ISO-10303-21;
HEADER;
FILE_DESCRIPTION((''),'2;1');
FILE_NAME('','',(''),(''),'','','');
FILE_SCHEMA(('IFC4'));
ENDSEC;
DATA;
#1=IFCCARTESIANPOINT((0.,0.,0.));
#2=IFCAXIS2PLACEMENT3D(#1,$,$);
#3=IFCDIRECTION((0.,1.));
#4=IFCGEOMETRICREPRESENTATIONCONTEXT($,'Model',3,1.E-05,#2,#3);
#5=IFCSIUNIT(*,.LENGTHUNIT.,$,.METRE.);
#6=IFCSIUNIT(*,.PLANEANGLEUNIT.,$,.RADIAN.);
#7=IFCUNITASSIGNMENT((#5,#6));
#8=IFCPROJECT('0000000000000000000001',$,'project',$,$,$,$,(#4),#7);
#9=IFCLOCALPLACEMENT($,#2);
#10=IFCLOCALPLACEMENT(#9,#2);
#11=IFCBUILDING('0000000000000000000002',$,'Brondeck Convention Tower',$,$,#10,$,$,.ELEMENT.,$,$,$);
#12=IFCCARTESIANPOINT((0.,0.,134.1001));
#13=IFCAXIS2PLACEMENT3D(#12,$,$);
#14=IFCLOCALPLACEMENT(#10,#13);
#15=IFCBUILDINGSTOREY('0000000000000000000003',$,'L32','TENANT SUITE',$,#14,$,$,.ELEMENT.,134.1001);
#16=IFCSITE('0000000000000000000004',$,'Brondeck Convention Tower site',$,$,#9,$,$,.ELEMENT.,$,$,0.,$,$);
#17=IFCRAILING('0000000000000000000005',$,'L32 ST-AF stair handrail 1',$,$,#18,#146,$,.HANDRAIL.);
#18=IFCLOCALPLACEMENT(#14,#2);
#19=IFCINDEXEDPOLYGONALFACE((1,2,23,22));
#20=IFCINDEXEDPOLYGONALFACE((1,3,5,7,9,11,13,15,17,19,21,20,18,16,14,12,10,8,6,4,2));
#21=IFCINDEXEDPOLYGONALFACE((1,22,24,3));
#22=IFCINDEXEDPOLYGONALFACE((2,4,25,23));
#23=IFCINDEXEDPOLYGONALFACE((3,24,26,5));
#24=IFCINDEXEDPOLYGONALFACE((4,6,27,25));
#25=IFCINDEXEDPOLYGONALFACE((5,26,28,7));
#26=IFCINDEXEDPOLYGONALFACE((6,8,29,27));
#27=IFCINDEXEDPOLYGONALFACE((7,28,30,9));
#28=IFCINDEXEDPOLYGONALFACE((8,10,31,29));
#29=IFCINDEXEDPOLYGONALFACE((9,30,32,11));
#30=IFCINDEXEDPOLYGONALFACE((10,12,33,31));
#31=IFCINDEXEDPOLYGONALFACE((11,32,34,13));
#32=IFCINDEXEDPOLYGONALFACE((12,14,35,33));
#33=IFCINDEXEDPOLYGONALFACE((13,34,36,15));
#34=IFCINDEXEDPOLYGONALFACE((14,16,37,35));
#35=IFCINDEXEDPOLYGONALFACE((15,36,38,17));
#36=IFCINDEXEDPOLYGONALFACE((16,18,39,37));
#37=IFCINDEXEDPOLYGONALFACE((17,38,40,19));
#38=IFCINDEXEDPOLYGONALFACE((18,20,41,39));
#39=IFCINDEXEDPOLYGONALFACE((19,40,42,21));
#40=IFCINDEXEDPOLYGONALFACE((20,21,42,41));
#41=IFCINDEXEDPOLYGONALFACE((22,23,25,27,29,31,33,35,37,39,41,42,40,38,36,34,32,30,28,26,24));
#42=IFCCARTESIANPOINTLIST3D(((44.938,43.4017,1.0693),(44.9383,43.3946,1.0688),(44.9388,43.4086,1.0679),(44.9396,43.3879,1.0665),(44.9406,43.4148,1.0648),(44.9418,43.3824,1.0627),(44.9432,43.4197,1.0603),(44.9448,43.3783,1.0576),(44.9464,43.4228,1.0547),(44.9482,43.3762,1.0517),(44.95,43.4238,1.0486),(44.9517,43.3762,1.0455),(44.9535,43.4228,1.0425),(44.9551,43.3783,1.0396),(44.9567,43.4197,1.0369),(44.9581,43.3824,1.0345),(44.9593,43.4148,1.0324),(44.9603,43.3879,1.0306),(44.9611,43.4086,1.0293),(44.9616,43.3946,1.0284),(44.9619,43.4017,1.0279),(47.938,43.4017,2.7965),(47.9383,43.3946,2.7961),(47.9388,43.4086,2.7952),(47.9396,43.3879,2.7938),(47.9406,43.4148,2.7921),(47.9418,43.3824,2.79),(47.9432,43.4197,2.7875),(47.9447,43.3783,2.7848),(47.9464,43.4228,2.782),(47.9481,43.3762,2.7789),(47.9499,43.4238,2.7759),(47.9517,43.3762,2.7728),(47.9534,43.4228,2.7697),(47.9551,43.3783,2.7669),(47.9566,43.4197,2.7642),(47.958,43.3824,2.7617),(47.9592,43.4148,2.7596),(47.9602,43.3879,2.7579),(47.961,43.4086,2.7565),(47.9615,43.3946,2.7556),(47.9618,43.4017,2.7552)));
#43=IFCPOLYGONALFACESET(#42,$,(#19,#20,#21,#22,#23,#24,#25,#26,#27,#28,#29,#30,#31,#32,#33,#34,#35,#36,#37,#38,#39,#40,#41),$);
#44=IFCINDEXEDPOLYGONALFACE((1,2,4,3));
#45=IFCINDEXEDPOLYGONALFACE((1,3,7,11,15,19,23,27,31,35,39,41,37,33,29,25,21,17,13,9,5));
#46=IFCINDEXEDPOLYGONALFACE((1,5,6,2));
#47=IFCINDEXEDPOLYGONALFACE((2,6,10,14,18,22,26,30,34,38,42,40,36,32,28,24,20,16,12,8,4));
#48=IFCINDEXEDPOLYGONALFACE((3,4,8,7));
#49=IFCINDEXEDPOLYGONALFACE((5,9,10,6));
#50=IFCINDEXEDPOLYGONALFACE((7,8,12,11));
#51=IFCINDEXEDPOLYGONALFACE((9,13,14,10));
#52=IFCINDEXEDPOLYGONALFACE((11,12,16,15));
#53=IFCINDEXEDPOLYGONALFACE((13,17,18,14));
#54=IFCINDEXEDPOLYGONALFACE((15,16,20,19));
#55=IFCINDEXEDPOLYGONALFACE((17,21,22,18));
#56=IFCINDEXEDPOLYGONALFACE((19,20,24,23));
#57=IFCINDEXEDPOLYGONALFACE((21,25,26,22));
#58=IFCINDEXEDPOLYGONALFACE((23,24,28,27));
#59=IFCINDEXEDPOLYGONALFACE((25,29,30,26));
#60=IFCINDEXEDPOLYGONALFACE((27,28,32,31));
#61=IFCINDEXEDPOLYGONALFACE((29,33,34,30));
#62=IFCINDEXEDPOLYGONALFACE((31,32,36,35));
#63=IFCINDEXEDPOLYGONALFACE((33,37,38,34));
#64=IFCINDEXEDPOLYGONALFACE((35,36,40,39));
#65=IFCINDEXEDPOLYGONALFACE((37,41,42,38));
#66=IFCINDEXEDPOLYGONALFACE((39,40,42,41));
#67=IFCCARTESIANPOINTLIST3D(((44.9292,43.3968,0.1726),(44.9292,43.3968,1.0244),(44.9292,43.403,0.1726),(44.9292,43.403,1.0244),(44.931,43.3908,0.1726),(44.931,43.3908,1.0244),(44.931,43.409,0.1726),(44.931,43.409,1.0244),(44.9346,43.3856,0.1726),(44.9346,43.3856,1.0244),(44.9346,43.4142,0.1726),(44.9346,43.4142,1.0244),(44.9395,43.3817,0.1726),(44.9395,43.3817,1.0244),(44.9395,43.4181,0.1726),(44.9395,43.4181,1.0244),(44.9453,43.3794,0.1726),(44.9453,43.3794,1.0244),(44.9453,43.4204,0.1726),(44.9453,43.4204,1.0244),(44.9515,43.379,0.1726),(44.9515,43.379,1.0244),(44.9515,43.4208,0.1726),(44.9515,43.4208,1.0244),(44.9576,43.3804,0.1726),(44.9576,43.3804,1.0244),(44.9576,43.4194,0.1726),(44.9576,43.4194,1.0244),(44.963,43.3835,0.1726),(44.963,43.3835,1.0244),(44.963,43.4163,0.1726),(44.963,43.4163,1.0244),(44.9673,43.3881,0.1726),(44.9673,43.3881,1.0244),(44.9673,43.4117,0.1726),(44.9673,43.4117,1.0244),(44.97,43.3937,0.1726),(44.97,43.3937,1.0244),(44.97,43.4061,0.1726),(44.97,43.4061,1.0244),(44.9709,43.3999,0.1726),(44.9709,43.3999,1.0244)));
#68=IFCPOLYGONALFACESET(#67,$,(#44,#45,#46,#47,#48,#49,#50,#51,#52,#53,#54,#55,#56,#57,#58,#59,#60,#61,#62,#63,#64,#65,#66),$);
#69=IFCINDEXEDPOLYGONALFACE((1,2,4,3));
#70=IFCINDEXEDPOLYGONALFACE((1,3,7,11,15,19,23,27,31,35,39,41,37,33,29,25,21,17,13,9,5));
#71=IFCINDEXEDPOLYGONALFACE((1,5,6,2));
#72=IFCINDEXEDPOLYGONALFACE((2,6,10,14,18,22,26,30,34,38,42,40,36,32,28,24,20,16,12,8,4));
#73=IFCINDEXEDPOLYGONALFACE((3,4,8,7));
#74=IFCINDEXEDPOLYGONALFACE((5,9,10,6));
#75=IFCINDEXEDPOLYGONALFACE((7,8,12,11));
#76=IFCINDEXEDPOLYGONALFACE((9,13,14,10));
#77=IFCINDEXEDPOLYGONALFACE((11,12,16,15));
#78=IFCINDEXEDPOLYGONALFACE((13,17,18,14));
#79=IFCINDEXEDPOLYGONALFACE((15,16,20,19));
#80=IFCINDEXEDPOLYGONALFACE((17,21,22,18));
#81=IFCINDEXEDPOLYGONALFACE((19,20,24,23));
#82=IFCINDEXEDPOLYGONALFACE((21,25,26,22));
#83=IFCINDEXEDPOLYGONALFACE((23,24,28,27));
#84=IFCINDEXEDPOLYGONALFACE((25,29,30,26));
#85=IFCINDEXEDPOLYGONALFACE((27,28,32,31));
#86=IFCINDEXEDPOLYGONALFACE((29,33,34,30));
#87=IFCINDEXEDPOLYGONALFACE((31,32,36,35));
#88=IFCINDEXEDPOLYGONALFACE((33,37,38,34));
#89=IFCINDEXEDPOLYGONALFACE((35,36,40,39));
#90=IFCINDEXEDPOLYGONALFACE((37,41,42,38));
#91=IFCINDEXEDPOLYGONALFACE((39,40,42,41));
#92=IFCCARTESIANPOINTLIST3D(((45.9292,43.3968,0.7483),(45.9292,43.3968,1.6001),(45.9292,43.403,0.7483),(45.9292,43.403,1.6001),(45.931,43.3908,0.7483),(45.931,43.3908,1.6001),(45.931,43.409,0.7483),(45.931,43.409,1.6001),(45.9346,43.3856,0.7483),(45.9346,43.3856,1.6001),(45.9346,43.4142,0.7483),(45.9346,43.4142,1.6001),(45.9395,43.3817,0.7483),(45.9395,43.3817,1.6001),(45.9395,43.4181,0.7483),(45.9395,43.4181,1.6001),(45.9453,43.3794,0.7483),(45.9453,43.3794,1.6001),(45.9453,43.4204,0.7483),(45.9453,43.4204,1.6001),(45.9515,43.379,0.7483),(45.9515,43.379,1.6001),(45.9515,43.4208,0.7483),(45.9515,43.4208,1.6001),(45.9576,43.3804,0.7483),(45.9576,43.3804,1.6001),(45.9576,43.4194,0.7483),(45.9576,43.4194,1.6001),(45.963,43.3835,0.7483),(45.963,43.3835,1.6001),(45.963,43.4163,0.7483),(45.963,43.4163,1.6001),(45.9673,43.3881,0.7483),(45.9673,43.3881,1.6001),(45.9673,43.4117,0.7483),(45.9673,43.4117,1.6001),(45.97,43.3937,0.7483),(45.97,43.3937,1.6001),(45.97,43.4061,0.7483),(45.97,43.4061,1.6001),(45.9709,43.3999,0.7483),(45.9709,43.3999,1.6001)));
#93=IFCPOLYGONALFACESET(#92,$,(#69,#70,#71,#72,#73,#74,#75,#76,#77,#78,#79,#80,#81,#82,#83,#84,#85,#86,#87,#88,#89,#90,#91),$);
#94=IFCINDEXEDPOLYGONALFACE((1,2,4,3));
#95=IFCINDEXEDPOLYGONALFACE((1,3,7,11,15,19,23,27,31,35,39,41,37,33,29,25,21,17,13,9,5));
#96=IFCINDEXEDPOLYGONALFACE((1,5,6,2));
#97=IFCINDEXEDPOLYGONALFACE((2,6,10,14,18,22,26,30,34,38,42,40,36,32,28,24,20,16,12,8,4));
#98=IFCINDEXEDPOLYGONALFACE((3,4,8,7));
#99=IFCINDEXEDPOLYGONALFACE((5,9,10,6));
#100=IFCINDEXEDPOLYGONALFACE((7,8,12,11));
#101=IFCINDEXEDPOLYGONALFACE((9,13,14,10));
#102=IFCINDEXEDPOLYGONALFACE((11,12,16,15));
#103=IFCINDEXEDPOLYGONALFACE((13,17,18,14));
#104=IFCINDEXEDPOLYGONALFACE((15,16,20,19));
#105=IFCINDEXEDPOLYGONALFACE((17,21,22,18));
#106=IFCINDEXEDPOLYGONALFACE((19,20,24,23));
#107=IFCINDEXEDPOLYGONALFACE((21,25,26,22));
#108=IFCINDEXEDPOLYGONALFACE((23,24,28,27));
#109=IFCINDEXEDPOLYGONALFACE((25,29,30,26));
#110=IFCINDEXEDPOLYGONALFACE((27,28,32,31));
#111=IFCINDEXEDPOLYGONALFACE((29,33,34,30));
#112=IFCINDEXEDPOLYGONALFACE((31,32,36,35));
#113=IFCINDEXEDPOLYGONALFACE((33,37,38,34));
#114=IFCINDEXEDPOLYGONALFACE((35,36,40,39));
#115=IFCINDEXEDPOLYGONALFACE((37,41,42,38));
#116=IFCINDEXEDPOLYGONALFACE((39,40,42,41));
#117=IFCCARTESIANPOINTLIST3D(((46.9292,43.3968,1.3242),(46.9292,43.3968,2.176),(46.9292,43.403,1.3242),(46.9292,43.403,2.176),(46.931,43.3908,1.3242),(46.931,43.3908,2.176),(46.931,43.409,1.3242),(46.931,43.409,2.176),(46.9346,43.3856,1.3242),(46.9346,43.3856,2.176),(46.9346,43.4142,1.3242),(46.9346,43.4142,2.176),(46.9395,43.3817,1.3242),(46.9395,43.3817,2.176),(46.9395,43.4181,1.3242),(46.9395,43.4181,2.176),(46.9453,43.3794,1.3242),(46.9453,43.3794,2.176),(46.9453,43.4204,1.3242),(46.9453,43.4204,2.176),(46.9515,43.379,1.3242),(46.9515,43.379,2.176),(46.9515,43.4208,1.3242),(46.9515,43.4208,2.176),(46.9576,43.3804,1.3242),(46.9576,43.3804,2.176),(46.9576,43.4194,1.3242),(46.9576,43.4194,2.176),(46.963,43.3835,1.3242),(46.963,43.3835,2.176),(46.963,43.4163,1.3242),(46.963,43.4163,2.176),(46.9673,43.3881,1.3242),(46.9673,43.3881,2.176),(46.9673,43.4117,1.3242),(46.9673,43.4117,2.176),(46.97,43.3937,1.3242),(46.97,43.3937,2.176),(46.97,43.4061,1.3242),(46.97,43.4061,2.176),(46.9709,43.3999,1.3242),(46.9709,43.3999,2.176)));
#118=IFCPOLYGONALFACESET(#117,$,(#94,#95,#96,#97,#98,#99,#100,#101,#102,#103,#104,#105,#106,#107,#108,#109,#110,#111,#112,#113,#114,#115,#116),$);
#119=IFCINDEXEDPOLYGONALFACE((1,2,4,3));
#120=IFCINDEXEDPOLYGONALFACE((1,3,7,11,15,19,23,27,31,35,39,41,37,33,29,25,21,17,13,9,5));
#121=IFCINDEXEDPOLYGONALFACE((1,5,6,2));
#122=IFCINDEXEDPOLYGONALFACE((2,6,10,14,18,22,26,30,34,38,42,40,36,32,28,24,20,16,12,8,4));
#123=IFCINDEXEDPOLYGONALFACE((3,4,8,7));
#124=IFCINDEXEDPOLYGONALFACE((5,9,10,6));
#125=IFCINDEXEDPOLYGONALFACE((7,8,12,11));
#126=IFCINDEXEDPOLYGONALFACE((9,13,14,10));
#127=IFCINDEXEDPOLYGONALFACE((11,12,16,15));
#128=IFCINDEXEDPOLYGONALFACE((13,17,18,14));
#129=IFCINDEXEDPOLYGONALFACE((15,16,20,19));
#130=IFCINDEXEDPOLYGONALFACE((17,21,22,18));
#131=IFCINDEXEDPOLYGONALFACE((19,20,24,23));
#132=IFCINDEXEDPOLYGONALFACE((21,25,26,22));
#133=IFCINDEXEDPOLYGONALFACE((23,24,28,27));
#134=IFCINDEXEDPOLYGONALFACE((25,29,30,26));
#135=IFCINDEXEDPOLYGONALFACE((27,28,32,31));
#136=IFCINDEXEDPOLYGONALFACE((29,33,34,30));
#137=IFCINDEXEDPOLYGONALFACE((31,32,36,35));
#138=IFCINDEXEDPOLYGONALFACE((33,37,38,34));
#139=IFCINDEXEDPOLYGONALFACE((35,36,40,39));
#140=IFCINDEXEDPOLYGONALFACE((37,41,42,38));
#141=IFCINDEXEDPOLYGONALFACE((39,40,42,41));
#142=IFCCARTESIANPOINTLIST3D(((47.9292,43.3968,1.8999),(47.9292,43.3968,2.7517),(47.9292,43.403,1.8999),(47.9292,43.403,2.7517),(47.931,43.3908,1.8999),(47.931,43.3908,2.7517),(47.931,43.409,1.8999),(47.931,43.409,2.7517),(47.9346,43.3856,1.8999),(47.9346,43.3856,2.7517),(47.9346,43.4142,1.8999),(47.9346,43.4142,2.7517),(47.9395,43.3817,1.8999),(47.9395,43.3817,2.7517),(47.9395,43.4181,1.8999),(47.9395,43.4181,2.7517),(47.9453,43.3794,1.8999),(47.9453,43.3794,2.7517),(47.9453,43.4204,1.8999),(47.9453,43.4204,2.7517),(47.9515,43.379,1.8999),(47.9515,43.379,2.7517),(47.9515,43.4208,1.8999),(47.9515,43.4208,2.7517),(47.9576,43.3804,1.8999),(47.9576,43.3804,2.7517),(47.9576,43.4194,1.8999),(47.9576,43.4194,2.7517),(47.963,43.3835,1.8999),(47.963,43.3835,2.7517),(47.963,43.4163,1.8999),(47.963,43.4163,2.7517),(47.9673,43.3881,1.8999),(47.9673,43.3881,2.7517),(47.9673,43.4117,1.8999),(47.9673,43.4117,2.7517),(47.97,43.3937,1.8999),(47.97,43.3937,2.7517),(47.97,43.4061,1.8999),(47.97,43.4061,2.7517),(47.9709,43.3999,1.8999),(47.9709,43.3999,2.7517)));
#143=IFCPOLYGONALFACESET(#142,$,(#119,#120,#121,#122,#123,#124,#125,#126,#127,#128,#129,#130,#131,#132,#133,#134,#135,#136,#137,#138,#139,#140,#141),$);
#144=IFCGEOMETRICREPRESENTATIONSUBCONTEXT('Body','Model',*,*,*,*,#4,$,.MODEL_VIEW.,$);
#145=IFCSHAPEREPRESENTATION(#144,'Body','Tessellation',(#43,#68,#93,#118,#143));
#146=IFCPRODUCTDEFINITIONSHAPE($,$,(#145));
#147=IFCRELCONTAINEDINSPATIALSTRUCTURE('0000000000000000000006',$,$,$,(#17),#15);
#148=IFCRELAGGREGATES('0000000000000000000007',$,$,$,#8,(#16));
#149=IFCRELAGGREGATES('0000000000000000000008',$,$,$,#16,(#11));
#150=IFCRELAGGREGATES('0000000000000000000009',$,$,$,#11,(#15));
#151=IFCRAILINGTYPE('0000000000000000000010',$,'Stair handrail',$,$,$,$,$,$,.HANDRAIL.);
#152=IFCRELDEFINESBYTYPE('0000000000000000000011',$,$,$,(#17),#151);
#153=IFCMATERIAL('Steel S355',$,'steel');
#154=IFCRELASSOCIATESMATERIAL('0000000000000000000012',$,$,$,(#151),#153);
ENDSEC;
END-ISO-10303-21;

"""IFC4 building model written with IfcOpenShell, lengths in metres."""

from ifc_helpers import new_model, si_unit, direction, frame, origin, origin_2d, place, context, subcontext, project, spatial, circle, extrude, material, type_object, element, save


model = new_model("IFC4")

# Units and contexts
model_context = context("Model", 3, precision=1e-05, world=origin(), true_north=direction((0.0, 1.0)))
body_context = subcontext(model_context, "Body", "Model", "MODEL_VIEW")
ifc_project = project(units=[si_unit("LENGTHUNIT", "METRE"), si_unit("PLANEANGLEUNIT", "RADIAN")], contexts=[model_context])

# Site, building, storey
site_placement = place(None, origin())
site = spatial("IfcSite", under=ifc_project, at=site_placement, Name="Brondeck Convention Tower site", CompositionType="ELEMENT", RefElevation=0.0)
building_placement = place(site_placement, origin())
building = spatial("IfcBuilding", under=site, at=building_placement, Name="Brondeck Convention Tower", CompositionType="ELEMENT")
storey_placement = place(building_placement, frame((0.0, 0.0, 134.1001)))
storey = spatial("IfcBuildingStorey", under=building, at=storey_placement, Name="L32", Description="TENANT SUITE", CompositionType="ELEMENT", Elevation=134.1001)

# Shared definitions
ifc_material_1 = material(Name="Steel S355", Category="steel")

# Railing
railing_type = type_object("IfcRailingType", Name="Stair handrail", PredefinedType="HANDRAIL", material=ifc_material_1)
railing_placement = place(storey_placement, frame((44.95, 43.3999, 0.1726)))
element("IfcRailing", 1, at=railing_placement, inside=storey, type_object=railing_type, Name="L32 ST-AF stair handrail 1", PredefinedType="HANDRAIL", context=body_context, shape_type="SweptSolid", body=[
    extrude(circle(Radius=0.0239, at=origin_2d()), frame((0.0, 0.0, 0.876), z_axis=(0.86662, 0.0, 0.498969), x_axis=(0.0, 1.0, 0.0)), (0.0, 0.0, 1.0), 3.4617),
    extrude(circle(Radius=0.021, at=origin_2d()), origin(), (0.0, 0.0, 1.0), 0.8518),
    extrude(circle(Radius=0.021, at=origin_2d()), frame((1.0, 0.0, 0.5757)), (0.0, 0.0, 1.0), 0.8518),
    extrude(circle(Radius=0.021, at=origin_2d()), frame((2.0, 0.0, 1.1516)), (0.0, 0.0, 1.0), 0.8518),
    extrude(circle(Radius=0.021, at=origin_2d()), frame((3.0, 0.0, 1.7273)), (0.0, 0.0, 1.0), 0.8518),
])

save(model, "model.ifc")
